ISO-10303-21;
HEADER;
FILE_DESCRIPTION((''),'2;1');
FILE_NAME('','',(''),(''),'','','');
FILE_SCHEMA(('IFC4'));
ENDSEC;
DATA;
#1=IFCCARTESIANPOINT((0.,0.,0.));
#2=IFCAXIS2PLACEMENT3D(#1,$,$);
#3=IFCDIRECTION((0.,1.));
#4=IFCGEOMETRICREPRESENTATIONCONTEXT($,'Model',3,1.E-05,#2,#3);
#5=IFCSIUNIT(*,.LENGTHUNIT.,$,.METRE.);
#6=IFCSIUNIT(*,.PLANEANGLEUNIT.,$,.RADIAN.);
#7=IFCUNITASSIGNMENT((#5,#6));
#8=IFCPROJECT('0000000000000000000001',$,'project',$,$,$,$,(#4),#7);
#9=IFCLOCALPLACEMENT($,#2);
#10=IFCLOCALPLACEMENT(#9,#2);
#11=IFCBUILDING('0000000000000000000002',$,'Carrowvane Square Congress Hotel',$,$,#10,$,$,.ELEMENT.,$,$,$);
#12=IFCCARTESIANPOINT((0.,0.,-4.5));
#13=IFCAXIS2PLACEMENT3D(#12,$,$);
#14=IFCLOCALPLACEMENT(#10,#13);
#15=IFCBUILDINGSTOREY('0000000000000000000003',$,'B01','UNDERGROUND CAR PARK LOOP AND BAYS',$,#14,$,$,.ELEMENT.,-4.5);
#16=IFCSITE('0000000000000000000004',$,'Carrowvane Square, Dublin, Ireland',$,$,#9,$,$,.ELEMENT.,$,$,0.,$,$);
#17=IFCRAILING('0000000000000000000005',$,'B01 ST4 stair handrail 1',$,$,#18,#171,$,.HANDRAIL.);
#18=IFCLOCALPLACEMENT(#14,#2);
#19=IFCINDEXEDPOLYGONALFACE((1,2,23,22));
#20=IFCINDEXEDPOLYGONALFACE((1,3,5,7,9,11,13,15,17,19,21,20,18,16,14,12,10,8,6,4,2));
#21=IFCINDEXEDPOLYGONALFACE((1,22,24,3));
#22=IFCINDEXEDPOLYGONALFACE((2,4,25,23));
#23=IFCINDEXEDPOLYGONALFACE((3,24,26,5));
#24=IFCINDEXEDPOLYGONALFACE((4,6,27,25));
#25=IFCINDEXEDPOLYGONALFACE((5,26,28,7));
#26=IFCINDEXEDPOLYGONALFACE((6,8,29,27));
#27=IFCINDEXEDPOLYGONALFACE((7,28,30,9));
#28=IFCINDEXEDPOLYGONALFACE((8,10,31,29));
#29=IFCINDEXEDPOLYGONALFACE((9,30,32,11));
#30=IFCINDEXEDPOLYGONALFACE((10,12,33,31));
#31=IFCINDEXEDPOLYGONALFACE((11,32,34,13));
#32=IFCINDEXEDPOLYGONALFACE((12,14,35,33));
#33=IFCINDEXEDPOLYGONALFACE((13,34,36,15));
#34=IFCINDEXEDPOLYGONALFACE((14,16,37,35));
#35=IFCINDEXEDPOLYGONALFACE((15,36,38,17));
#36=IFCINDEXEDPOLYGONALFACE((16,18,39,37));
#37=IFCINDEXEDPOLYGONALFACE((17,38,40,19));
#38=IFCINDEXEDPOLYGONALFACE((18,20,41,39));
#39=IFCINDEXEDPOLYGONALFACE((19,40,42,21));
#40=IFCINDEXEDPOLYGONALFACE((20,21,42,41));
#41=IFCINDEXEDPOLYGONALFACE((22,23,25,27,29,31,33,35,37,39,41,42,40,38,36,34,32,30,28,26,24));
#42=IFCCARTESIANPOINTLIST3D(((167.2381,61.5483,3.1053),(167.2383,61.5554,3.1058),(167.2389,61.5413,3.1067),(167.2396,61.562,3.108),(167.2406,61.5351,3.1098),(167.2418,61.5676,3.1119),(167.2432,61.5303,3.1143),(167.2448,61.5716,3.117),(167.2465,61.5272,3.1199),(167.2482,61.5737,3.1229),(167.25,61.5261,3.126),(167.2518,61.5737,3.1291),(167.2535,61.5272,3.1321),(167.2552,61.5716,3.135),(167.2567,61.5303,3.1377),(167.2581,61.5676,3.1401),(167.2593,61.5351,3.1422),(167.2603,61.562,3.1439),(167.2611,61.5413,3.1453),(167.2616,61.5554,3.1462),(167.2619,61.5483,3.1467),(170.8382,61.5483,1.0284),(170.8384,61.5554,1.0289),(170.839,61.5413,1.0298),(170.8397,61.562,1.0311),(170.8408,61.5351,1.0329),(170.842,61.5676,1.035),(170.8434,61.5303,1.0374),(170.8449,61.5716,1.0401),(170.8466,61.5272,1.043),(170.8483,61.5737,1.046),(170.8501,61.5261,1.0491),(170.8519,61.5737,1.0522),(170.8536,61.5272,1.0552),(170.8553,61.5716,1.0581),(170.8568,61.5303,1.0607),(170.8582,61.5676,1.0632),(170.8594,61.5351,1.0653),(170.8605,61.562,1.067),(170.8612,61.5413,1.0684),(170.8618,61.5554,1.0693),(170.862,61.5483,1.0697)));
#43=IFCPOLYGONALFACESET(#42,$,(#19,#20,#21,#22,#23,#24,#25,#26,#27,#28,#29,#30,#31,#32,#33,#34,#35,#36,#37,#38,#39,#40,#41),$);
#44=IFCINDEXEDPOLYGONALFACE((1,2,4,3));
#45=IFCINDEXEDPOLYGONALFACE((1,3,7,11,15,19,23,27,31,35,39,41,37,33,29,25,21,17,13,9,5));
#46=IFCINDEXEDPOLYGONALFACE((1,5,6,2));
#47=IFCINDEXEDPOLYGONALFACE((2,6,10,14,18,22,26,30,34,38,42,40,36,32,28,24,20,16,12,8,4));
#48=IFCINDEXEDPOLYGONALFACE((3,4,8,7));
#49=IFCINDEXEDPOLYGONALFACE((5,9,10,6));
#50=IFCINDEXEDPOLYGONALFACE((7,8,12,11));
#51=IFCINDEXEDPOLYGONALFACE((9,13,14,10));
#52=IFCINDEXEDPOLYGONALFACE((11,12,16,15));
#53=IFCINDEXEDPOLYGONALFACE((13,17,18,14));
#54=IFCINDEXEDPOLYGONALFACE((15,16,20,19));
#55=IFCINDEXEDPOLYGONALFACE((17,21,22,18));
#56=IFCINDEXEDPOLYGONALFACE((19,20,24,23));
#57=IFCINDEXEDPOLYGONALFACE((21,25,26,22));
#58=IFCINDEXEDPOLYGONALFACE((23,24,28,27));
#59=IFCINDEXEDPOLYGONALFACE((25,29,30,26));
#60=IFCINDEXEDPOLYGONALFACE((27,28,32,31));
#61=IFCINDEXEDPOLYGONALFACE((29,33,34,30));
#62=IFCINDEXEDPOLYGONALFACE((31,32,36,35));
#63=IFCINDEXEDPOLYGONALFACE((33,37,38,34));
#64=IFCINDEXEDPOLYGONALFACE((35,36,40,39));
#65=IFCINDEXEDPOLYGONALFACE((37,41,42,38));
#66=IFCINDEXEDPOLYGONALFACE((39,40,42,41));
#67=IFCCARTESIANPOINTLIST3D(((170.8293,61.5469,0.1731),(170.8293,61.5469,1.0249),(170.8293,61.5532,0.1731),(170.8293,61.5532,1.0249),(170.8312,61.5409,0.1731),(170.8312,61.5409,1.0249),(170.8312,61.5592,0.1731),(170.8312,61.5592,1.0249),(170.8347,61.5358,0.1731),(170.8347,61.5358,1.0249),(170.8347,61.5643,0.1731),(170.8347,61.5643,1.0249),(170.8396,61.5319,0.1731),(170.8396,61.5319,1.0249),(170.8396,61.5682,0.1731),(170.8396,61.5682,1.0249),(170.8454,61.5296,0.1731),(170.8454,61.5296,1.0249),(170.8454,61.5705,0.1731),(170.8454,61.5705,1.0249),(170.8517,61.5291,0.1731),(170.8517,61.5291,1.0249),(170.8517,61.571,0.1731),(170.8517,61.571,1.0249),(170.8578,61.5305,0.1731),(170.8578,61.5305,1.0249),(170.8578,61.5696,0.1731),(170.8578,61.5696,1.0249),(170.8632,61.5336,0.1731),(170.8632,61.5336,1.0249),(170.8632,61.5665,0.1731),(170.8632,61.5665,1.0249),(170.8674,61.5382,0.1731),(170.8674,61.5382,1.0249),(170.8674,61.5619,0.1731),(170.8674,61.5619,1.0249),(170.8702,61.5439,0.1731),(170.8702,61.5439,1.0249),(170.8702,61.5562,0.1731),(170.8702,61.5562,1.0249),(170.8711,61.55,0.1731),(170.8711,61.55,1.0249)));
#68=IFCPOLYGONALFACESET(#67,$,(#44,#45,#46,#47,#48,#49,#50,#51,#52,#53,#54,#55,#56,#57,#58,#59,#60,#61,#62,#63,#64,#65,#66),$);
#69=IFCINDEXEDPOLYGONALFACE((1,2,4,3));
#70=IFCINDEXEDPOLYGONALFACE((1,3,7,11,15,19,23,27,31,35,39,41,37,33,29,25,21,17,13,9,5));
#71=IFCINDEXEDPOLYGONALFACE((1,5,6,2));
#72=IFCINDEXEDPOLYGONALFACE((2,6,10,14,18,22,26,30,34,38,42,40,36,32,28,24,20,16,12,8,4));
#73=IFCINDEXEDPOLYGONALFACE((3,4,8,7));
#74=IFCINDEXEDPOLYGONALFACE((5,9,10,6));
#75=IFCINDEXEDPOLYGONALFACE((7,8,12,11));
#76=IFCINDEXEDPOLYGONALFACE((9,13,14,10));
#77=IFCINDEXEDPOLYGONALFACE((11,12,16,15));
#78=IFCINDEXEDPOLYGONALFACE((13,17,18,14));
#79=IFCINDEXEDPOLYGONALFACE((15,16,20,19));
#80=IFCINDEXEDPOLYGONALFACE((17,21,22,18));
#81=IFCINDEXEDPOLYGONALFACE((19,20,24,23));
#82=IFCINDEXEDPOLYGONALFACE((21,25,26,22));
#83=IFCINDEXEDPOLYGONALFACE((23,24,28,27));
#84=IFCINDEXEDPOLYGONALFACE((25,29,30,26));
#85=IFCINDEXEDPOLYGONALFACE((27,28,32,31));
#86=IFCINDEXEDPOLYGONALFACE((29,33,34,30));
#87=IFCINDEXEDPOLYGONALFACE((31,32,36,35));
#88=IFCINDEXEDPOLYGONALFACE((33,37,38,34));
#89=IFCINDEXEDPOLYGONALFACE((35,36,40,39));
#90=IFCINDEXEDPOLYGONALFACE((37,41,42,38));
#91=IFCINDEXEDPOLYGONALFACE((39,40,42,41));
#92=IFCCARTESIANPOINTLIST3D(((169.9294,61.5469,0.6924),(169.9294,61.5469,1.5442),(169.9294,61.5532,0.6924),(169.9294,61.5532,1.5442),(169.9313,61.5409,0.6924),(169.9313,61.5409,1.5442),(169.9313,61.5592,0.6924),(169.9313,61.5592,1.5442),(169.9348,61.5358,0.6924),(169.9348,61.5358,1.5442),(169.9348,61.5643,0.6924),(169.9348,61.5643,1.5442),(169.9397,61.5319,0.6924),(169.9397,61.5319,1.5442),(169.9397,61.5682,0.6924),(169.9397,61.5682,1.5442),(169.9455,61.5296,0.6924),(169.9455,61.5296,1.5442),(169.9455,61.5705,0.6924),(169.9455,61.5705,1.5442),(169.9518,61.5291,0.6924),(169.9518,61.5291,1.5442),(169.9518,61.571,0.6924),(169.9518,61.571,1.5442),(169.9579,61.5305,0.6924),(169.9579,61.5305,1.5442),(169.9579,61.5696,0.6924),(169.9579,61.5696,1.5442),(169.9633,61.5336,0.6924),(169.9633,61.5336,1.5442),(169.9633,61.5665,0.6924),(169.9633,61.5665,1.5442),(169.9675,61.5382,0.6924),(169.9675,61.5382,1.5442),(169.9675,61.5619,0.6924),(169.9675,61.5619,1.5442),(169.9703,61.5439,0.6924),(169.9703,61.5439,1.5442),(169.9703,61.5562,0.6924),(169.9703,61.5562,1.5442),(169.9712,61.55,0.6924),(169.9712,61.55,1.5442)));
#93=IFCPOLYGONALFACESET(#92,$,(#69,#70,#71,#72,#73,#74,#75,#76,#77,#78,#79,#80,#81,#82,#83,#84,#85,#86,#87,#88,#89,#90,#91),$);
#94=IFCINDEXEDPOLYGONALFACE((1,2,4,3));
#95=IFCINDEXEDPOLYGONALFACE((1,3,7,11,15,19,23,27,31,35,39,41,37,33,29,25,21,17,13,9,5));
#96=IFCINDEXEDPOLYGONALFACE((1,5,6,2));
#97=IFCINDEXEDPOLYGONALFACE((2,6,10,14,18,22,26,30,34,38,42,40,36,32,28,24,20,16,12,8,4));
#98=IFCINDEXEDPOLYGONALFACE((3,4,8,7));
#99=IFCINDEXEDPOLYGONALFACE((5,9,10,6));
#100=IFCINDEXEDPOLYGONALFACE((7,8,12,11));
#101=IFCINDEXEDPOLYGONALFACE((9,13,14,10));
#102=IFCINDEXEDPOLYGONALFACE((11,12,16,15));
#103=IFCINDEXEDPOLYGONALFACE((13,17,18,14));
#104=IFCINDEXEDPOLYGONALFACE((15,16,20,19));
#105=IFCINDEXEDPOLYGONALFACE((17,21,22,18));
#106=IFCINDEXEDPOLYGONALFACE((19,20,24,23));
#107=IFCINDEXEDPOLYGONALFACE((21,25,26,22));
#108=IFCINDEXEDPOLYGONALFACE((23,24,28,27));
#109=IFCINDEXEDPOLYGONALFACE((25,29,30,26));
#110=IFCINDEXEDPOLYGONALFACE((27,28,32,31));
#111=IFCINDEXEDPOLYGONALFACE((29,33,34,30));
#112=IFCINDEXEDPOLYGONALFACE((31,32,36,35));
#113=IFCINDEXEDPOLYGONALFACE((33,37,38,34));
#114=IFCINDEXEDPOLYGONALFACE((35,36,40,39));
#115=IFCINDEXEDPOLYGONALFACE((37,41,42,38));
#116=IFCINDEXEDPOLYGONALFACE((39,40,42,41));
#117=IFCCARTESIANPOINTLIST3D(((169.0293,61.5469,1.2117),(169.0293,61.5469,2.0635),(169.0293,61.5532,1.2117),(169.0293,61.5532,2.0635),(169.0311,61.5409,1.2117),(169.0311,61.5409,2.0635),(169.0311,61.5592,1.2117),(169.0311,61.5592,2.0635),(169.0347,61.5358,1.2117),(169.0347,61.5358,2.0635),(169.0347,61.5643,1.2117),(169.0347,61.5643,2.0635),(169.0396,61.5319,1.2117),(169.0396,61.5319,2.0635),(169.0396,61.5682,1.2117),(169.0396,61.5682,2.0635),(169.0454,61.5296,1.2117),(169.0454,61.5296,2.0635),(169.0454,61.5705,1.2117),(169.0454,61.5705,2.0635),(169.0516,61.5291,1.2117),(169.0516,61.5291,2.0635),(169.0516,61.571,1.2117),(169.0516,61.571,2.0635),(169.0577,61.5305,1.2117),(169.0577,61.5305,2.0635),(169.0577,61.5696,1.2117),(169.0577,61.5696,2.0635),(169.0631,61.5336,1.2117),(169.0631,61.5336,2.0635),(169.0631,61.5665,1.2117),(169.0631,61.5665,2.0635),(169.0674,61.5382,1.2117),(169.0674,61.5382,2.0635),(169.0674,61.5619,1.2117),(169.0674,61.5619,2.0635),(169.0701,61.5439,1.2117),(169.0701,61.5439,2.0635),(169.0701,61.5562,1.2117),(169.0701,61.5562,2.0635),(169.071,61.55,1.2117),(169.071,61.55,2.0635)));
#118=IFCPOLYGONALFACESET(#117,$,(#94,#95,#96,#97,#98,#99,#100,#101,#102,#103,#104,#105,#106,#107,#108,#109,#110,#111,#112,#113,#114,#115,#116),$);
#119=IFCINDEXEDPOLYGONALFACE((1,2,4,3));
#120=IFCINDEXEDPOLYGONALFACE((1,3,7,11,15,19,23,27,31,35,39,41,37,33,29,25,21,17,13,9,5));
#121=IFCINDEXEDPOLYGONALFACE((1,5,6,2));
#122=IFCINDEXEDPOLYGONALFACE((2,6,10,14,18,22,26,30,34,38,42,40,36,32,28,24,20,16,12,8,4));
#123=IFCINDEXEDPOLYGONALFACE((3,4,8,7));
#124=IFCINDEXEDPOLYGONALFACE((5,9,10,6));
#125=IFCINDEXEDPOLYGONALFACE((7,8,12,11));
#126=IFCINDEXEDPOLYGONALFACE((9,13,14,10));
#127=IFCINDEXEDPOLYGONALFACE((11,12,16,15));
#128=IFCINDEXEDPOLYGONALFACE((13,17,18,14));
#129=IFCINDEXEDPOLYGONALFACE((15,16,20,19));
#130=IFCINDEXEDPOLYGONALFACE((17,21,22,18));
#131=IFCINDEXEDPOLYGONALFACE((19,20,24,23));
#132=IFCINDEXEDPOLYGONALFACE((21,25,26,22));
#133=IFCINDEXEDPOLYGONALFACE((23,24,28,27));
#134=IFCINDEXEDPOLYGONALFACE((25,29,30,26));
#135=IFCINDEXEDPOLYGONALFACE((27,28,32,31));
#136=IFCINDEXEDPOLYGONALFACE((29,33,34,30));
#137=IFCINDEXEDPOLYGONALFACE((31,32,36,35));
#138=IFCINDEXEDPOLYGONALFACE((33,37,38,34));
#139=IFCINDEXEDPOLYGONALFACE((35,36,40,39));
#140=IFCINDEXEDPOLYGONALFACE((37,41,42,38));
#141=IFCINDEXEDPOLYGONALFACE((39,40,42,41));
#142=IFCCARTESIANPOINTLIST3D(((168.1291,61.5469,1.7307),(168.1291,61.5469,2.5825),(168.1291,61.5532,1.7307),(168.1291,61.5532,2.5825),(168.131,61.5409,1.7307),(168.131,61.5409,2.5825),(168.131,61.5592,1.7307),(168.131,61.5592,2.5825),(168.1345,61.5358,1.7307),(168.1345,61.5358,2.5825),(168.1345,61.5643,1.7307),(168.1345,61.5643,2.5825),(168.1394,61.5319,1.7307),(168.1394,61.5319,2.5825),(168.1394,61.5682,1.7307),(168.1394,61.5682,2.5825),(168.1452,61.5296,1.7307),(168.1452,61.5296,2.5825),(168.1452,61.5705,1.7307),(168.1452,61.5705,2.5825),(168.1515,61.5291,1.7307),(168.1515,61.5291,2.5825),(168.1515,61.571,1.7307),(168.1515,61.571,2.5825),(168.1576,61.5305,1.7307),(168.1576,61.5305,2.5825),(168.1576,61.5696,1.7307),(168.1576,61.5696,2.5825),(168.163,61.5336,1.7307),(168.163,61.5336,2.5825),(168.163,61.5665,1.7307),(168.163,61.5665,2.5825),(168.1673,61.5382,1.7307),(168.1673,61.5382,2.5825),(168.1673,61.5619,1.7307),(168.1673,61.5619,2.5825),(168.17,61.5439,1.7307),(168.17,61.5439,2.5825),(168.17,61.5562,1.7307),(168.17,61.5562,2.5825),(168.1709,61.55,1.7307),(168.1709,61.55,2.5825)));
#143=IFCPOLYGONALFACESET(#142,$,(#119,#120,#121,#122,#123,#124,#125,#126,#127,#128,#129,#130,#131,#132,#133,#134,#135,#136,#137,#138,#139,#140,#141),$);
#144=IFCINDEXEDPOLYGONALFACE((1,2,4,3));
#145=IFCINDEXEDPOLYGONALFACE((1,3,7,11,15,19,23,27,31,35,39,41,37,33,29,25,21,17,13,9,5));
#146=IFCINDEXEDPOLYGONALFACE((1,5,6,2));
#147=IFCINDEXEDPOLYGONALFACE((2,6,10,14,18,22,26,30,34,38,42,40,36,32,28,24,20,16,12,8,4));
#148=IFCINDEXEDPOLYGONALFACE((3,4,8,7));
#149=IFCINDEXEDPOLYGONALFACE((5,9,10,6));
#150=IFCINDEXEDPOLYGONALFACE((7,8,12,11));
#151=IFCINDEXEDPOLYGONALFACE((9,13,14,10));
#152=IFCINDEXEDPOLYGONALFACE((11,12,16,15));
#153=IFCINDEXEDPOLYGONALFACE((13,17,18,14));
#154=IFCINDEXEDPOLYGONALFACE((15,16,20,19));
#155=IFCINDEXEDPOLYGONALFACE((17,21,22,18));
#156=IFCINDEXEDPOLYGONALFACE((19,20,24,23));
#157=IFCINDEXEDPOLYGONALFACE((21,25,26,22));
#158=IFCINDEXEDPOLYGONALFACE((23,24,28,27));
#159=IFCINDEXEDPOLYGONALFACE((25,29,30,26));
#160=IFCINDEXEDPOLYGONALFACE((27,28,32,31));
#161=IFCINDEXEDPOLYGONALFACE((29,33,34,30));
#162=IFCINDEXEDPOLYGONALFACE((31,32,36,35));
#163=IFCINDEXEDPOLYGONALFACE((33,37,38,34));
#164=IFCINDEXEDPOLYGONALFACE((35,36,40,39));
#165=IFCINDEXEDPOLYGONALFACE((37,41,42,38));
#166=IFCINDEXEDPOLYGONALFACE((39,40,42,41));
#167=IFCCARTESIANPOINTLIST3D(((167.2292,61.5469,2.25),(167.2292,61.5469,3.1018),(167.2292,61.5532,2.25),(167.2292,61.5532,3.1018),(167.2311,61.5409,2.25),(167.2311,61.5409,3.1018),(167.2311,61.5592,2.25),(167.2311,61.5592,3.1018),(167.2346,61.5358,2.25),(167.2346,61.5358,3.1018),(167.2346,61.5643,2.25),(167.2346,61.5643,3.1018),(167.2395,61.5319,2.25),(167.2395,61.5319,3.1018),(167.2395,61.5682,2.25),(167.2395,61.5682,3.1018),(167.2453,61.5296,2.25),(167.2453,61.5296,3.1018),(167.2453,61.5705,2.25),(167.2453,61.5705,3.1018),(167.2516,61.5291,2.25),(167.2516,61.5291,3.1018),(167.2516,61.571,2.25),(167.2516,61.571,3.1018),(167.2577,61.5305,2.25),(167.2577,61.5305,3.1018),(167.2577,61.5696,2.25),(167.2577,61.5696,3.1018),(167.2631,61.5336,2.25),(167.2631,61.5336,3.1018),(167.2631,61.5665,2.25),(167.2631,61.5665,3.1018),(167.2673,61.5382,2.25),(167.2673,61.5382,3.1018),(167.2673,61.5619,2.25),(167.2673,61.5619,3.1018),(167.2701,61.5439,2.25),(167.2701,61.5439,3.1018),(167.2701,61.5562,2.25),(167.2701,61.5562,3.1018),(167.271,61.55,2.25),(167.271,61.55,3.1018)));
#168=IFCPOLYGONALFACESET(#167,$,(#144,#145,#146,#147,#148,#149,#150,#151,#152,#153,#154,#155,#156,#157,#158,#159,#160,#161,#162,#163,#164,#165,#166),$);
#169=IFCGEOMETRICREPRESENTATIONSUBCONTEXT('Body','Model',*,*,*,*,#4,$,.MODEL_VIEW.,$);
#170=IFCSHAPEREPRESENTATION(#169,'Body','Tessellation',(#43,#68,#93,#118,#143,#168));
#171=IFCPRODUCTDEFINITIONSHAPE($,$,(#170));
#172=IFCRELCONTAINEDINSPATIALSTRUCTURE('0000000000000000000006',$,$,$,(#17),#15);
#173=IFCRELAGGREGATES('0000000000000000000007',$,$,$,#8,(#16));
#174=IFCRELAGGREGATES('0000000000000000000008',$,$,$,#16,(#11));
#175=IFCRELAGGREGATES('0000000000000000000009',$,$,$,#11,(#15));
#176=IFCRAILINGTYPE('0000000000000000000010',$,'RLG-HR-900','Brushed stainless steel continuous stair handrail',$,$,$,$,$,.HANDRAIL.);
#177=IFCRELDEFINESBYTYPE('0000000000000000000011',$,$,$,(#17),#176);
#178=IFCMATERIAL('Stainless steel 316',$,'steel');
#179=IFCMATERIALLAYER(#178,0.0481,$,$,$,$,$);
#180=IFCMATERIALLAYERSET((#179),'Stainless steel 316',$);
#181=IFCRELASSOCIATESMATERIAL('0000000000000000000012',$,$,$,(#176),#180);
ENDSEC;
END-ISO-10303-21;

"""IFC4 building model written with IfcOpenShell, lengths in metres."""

from ifc_helpers import new_model, si_unit, direction, frame, origin, origin_2d, place, context, subcontext, project, spatial, circle, extrude, material, layer, layer_set, type_object, element, save


model = new_model("IFC4")

# Units and contexts
model_context = context("Model", 3, precision=1e-05, world=origin(), true_north=direction((0.0, 1.0)))
body_context = subcontext(model_context, "Body", "Model", "MODEL_VIEW")
ifc_project = project(units=[si_unit("LENGTHUNIT", "METRE"), si_unit("PLANEANGLEUNIT", "RADIAN")], contexts=[model_context])

# Site, building, storey
site_placement = place(None, origin())
site = spatial("IfcSite", under=ifc_project, at=site_placement, Name="Carrowvane Square, Dublin, Ireland", CompositionType="ELEMENT", RefElevation=0.0)
building_placement = place(site_placement, origin())
building = spatial("IfcBuilding", under=site, at=building_placement, Name="Carrowvane Square Congress Hotel", CompositionType="ELEMENT")
storey_placement = place(building_placement, frame((0.0, 0.0, -4.5)))
storey = spatial("IfcBuildingStorey", under=building, at=storey_placement, Name="B01", Description="UNDERGROUND CAR PARK LOOP AND BAYS", CompositionType="ELEMENT", Elevation=-4.5)

# Railing
ifc_material_1 = material(Name="Stainless steel 316", Category="steel")
ifc_layer_1 = layer(ifc_material_1, 0.0481)
ifc_layer_set_1 = layer_set([ifc_layer_1], Name="Stainless steel 316")
railing_type_1 = type_object("IfcRailingType", Name="RLG-HR-900", Description="Brushed stainless steel continuous stair handrail", PredefinedType="HANDRAIL", material=ifc_layer_set_1)
railing_1_placement = place(storey_placement, frame((170.8501, 61.55, 0.1731)))
element("IfcRailing", 1, at=railing_1_placement, inside=storey, type_object=railing_type_1, Name="B01 ST4 stair handrail 1", PredefinedType="HANDRAIL", context=body_context, shape_type="SweptSolid", body=[
    extrude(circle(Radius=0.0239, at=origin_2d()), frame((0.0, 0.0, 0.876), z_axis=(-0.866193, 0.0, 0.499709), x_axis=(0.0, -1.0, 0.0)), (0.0, 0.0, 1.0), 4.1562),
    extrude(circle(Radius=0.021, at=origin_2d()), origin(), (0.0, 0.0, 1.0), 0.8518),
    extrude(circle(Radius=0.021, at=origin_2d()), frame((-0.8999, 0.0, 0.5193)), (0.0, 0.0, 1.0), 0.8518),
    extrude(circle(Radius=0.021, at=origin_2d()), frame((-1.8, 0.0, 1.0386)), (0.0, 0.0, 1.0), 0.8518),
    extrude(circle(Radius=0.021, at=origin_2d()), frame((-2.7002, 0.0, 1.5576)), (0.0, 0.0, 1.0), 0.8518),
    extrude(circle(Radius=0.021, at=origin_2d()), frame((-3.6001, 0.0, 2.0769)), (0.0, 0.0, 1.0), 0.8518),
])

save(model, "model.ifc")
